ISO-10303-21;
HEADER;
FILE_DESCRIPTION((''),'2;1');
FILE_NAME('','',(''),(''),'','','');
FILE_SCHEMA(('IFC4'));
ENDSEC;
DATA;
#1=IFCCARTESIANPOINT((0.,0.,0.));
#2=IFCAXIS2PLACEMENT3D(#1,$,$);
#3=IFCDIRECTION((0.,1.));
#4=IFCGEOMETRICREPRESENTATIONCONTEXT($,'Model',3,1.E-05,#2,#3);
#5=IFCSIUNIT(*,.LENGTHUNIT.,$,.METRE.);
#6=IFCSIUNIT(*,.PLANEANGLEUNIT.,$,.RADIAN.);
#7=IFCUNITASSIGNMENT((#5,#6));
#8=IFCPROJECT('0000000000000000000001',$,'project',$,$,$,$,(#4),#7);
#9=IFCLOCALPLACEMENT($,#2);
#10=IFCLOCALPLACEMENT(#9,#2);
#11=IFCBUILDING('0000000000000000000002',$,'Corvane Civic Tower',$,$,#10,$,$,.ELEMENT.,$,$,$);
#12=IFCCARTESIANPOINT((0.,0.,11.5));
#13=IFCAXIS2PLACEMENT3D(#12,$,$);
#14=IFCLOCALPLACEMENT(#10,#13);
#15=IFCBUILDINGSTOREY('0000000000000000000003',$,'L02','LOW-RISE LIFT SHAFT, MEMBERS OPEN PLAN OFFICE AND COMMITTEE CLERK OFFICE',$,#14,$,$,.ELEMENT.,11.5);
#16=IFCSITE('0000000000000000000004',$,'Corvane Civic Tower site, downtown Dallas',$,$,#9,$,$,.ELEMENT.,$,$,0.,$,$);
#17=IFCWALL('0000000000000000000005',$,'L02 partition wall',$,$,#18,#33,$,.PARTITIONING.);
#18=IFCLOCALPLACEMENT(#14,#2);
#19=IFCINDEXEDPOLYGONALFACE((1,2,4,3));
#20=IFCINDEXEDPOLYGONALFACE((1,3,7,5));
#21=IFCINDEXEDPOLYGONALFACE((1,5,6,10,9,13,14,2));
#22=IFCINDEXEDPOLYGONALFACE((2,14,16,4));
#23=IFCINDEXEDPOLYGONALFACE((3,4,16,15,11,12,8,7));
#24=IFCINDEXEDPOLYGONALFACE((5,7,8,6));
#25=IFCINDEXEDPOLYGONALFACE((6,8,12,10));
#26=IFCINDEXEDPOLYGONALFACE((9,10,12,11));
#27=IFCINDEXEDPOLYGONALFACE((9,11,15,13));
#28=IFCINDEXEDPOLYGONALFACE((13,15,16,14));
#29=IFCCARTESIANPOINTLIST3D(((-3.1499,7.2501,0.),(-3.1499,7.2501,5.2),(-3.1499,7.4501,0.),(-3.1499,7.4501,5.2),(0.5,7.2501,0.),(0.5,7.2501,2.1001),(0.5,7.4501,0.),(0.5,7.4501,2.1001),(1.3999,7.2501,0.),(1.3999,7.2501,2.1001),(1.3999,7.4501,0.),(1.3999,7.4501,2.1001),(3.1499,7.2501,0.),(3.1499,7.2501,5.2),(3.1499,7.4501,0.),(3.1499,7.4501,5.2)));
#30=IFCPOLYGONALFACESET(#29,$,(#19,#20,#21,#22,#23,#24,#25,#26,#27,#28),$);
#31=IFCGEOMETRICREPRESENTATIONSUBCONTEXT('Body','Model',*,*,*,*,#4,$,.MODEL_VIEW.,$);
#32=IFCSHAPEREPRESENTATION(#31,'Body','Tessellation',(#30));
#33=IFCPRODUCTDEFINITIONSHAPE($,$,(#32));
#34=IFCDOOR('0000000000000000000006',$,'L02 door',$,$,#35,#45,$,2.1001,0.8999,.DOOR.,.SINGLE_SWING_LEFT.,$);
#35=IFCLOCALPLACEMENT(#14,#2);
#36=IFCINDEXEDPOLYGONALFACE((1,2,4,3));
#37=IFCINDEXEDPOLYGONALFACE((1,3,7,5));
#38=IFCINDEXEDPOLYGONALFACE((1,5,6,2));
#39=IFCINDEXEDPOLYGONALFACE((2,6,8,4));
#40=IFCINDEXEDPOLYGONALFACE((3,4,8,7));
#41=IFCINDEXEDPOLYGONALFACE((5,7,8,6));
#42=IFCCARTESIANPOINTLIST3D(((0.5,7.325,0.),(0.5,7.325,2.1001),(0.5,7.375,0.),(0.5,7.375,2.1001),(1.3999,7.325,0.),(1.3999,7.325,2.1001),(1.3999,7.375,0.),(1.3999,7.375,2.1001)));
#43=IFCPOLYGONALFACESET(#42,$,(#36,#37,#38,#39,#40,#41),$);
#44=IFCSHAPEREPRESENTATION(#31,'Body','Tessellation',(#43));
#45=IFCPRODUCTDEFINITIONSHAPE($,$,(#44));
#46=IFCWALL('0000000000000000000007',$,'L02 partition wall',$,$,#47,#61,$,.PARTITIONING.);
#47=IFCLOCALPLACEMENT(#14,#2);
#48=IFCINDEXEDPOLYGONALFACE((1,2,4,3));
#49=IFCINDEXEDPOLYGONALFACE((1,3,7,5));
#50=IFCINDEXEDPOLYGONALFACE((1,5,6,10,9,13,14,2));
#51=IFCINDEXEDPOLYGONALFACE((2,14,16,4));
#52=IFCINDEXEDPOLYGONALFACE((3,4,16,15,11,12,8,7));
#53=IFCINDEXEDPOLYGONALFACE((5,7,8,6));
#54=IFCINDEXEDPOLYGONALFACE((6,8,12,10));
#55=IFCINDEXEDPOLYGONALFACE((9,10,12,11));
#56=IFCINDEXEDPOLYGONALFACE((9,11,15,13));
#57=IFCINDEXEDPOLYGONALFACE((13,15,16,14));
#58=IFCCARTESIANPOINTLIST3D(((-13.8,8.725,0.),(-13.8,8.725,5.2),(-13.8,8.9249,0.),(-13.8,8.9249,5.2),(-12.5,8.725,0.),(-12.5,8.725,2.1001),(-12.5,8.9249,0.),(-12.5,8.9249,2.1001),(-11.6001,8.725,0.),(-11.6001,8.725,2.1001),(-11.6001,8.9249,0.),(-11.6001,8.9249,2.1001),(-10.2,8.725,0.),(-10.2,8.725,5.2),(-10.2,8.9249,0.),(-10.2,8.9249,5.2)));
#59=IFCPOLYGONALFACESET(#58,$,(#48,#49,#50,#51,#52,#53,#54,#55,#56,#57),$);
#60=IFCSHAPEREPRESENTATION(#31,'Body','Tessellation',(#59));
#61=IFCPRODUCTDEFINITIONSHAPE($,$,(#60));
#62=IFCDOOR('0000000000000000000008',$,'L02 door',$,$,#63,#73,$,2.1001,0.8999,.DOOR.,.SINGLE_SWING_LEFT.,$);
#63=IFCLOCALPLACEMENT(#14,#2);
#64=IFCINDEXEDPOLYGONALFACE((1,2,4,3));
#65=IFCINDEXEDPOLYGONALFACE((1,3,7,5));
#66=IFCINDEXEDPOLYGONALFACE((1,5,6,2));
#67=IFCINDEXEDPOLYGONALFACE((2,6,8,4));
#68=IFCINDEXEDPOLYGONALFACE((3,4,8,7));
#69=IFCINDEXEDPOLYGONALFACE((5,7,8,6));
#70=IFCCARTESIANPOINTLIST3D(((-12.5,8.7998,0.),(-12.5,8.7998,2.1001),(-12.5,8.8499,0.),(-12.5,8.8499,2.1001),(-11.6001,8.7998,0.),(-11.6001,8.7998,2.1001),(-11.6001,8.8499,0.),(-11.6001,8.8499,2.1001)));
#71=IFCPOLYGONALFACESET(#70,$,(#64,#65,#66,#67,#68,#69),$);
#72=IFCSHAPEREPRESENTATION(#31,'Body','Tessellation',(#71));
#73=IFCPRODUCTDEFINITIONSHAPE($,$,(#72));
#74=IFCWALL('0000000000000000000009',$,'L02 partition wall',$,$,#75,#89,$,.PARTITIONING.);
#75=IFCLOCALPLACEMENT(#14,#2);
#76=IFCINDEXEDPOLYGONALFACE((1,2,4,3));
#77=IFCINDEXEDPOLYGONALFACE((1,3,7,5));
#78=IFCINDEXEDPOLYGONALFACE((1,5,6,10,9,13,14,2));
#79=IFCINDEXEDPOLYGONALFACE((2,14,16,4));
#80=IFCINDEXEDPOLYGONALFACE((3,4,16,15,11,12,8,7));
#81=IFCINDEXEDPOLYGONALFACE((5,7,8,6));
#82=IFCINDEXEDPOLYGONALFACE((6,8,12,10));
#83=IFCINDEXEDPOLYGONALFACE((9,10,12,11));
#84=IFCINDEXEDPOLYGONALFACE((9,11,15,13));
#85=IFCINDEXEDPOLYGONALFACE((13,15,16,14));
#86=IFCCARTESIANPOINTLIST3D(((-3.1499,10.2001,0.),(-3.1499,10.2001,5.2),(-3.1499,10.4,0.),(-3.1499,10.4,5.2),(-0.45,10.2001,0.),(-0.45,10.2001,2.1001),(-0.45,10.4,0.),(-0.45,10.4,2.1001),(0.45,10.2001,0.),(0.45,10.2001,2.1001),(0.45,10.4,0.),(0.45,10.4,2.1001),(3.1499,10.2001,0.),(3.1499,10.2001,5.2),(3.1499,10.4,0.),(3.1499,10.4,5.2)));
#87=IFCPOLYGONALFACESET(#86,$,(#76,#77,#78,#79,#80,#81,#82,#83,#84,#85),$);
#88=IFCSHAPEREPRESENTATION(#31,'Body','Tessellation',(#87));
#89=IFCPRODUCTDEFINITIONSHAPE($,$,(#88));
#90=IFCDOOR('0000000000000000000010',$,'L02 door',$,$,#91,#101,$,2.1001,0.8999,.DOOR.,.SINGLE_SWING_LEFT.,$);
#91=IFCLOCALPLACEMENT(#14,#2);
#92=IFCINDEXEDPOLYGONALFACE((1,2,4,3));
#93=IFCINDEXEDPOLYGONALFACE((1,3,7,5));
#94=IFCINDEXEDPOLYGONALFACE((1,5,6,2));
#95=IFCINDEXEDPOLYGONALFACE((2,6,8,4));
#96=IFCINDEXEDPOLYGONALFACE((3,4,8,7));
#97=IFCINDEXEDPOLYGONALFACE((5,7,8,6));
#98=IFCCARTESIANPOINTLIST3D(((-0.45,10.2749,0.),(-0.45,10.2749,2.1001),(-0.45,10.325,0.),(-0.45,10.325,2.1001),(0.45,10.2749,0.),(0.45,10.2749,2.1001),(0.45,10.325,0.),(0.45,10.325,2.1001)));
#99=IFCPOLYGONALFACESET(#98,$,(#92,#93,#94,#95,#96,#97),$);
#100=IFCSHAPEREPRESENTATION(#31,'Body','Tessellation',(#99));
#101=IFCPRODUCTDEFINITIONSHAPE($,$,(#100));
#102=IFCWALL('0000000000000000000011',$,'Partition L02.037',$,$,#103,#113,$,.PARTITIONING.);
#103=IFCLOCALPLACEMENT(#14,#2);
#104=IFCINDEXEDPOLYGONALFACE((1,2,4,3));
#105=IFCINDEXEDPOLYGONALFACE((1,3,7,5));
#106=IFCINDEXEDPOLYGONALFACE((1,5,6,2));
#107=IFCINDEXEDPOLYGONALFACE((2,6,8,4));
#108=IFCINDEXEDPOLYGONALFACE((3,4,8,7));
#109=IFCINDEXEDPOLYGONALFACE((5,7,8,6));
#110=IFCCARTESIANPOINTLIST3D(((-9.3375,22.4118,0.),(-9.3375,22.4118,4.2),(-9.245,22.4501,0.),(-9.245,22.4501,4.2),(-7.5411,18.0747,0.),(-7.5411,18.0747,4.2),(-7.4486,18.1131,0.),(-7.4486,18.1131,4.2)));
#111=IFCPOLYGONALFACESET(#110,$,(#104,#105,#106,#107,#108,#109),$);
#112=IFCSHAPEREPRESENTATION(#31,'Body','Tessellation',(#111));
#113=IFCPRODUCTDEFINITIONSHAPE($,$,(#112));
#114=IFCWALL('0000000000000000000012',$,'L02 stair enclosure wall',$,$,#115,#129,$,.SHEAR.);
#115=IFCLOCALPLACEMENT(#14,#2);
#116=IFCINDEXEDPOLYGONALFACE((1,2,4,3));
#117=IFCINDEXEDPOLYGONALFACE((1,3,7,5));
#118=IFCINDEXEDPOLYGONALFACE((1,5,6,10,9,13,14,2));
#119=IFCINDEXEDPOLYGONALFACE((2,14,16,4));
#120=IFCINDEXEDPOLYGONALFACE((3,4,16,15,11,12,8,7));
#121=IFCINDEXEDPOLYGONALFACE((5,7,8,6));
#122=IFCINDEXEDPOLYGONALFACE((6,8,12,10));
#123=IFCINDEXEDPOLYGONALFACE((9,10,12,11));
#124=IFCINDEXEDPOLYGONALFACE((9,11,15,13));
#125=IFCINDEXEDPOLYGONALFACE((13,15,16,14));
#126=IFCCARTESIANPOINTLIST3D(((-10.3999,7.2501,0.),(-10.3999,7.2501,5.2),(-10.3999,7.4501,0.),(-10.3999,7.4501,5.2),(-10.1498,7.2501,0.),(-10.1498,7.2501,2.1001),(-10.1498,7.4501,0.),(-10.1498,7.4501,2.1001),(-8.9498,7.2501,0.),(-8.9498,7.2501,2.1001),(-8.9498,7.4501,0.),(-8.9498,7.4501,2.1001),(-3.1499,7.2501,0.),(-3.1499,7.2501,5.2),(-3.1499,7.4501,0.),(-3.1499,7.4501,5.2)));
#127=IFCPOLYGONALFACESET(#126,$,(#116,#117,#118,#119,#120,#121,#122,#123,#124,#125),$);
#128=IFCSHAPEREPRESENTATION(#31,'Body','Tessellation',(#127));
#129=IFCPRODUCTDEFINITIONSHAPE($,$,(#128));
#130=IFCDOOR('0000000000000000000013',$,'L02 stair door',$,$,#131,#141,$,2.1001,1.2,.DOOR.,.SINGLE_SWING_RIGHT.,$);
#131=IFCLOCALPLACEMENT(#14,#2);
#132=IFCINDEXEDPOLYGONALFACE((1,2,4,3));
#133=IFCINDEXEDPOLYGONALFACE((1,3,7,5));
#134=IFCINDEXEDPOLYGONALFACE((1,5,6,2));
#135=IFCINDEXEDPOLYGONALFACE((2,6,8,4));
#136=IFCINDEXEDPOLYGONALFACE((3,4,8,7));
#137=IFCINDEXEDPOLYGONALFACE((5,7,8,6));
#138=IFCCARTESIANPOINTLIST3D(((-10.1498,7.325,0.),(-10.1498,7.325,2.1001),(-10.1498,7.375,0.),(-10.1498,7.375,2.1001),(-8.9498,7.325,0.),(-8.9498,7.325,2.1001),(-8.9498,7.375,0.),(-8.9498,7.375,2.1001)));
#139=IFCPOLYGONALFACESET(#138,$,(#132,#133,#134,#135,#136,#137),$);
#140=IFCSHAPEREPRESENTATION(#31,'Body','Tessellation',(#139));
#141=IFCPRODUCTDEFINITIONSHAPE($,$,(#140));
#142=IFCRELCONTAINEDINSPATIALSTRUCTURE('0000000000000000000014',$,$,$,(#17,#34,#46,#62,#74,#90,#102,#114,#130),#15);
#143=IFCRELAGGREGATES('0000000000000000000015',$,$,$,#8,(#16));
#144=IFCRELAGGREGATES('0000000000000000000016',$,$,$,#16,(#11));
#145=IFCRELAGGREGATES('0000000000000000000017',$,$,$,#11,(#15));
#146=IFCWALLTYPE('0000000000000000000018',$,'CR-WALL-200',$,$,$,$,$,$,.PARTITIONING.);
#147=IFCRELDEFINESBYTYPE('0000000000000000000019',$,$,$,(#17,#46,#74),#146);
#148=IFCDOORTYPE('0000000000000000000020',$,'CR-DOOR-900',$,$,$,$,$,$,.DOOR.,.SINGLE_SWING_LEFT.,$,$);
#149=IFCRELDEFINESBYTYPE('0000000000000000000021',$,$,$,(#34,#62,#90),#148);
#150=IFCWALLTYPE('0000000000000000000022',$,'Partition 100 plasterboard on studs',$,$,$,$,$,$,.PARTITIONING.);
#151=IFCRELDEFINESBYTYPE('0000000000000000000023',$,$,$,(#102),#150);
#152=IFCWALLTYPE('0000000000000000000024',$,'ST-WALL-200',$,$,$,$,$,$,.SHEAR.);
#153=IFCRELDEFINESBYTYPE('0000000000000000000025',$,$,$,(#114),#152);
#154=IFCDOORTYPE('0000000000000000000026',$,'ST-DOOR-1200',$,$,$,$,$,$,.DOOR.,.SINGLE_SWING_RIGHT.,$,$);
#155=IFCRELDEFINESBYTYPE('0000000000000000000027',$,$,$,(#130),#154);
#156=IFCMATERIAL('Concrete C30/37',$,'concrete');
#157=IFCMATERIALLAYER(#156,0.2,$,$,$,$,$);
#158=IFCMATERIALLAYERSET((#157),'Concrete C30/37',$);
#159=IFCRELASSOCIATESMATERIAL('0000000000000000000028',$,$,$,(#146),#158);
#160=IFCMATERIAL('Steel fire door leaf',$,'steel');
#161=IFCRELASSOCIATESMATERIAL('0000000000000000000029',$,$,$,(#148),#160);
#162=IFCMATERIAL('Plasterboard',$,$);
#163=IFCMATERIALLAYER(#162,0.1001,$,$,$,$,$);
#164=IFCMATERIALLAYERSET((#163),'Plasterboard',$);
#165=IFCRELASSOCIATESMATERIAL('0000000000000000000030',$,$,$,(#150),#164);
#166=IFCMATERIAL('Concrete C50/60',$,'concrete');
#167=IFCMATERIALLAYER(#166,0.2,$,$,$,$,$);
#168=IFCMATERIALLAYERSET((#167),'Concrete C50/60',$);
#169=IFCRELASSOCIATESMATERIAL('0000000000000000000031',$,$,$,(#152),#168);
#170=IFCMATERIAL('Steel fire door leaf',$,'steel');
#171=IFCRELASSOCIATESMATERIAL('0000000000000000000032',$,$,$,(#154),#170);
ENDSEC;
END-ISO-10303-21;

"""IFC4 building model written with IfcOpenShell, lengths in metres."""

from ifc_helpers import new_model, si_unit, direction, frame, frame_2d, origin, place, context, subcontext, project, spatial, rectangle, extrude, material, layer, layer_set, type_object, element, fill, save


model = new_model("IFC4")

# Units and contexts
model_context = context("Model", 3, precision=1e-05, world=origin(), true_north=direction((0.0, 1.0)))
body_context = subcontext(model_context, "Body", "Model", "MODEL_VIEW")
ifc_project = project(units=[si_unit("LENGTHUNIT", "METRE"), si_unit("PLANEANGLEUNIT", "RADIAN")], contexts=[model_context])

# Site, building, storey
site_placement = place(None, origin())
site = spatial("IfcSite", under=ifc_project, at=site_placement, Name="Corvane Civic Tower site, downtown Dallas", CompositionType="ELEMENT", RefElevation=0.0)
building_placement = place(site_placement, origin())
building = spatial("IfcBuilding", under=site, at=building_placement, Name="Corvane Civic Tower", CompositionType="ELEMENT")
storey_placement = place(building_placement, frame((0.0, 0.0, 11.5)))
storey = spatial("IfcBuildingStorey", under=building, at=storey_placement, Name="L02", Description="LOW-RISE LIFT SHAFT, MEMBERS OPEN PLAN OFFICE AND COMMITTEE CLERK OFFICE", CompositionType="ELEMENT", Elevation=11.5)

# Shared definitions
ifc_material_1 = material(Name="Concrete C30/37", Category="concrete")
ifc_layer_1 = layer(ifc_material_1, 0.2)
ifc_layer_set_1 = layer_set([ifc_layer_1], Name="Concrete C30/37")
wall_type_1 = type_object("IfcWallType", Name="CR-WALL-200", PredefinedType="PARTITIONING", material=ifc_layer_set_1)

# Walls, openings, doors
ifc_material_2 = material(Name="Steel fire door leaf", Category="steel")
door_type_1 = type_object("IfcDoorType", Name="CR-DOOR-900", OperationType="SINGLE_SWING_LEFT", PredefinedType="DOOR", material=ifc_material_2)
wall_1_placement = place(storey_placement, frame((-3.1499, 7.3501, 0.0), z_axis=(0.0, 0.0, 1.0), x_axis=(1.0, 0.0, 0.0)))
wall_1 = element("IfcWall", 1, at=wall_1_placement, inside=storey, type_object=wall_type_1, Name="L02 partition wall", PredefinedType="PARTITIONING", context=body_context, shape_type="SweptSolid", body=[
    extrude(rectangle(XDim=6.2998, YDim=0.2, at=frame_2d((3.1499, 0.0))), origin(), (0.0, 0.0, 1.0), 5.2),
])
opening_1_placement = place(wall_1_placement, frame((3.6499, 0.0, 0.0)))
opening_1 = element("IfcOpeningElement", 2, at=opening_1_placement, cuts=wall_1, PredefinedType="OPENING", context=body_context, shape_type="SweptSolid", body=[
    extrude(rectangle(XDim=0.8999, YDim=2.1001, at=frame_2d((0.45, 1.05))), frame((0.0, 0.1099, 0.0), z_axis=(0.0, -1.0, 0.0), x_axis=(1.0, 0.0, 0.0)), (0.0, 0.0, 1.0), 0.22),
])
door_1_placement = place(opening_1_placement, origin())
door_1 = element("IfcDoor", 3, at=door_1_placement, inside=storey, type_object=door_type_1, Name="L02 door", OperationType="SINGLE_SWING_LEFT", OverallHeight=2.1001, OverallWidth=0.8999, PredefinedType="DOOR", context=body_context, shape_type="SweptSolid", body=[
    extrude(rectangle(XDim=0.8999, YDim=2.1001, at=frame_2d((0.45, 1.05))), frame((0.0, 0.0249, 0.0), z_axis=(0.0, -1.0, 0.0), x_axis=(1.0, 0.0, 0.0)), (0.0, 0.0, 1.0), 0.05),
])
fill(opening_1, door_1)
wall_2_placement = place(storey_placement, frame((-13.8, 8.825, 0.0), z_axis=(0.0, 0.0, 1.0), x_axis=(1.0, 0.0, 0.0)))
wall_2 = element("IfcWall", 4, at=wall_2_placement, inside=storey, type_object=wall_type_1, Name="L02 partition wall", PredefinedType="PARTITIONING", context=body_context, shape_type="SweptSolid", body=[
    extrude(rectangle(XDim=3.6001, YDim=0.2, at=frame_2d((1.8, 0.0))), origin(), (0.0, 0.0, 1.0), 5.2),
])
opening_2_placement = place(wall_2_placement, frame((1.3, 0.0, 0.0)))
opening_2 = element("IfcOpeningElement", 5, at=opening_2_placement, cuts=wall_2, PredefinedType="OPENING", context=body_context, shape_type="SweptSolid", body=[
    extrude(rectangle(XDim=0.8999, YDim=2.1001, at=frame_2d((0.45, 1.05))), frame((0.0, 0.1099, 0.0), z_axis=(0.0, -1.0, 0.0), x_axis=(1.0, 0.0, 0.0)), (0.0, 0.0, 1.0), 0.22),
])
door_2_placement = place(opening_2_placement, origin())
door_2 = element("IfcDoor", 6, at=door_2_placement, inside=storey, type_object=door_type_1, Name="L02 door", OperationType="SINGLE_SWING_LEFT", OverallHeight=2.1001, OverallWidth=0.8999, PredefinedType="DOOR", context=body_context, shape_type="SweptSolid", body=[
    extrude(rectangle(XDim=0.8999, YDim=2.1001, at=frame_2d((0.45, 1.05))), frame((0.0, 0.0249, 0.0), z_axis=(0.0, -1.0, 0.0), x_axis=(1.0, 0.0, 0.0)), (0.0, 0.0, 1.0), 0.05),
])
fill(opening_2, door_2)
wall_3_placement = place(storey_placement, frame((-3.1499, 10.3, 0.0), z_axis=(0.0, 0.0, 1.0), x_axis=(1.0, 0.0, 0.0)))
wall_3 = element("IfcWall", 7, at=wall_3_placement, inside=storey, type_object=wall_type_1, Name="L02 partition wall", PredefinedType="PARTITIONING", context=body_context, shape_type="SweptSolid", body=[
    extrude(rectangle(XDim=6.2998, YDim=0.2, at=frame_2d((3.1499, 0.0))), origin(), (0.0, 0.0, 1.0), 5.2),
])
opening_3_placement = place(wall_3_placement, frame((2.7, 0.0, 0.0)))
opening_3 = element("IfcOpeningElement", 8, at=opening_3_placement, cuts=wall_3, PredefinedType="OPENING", context=body_context, shape_type="SweptSolid", body=[
    extrude(rectangle(XDim=0.8999, YDim=2.1001, at=frame_2d((0.45, 1.05))), frame((0.0, 0.1099, 0.0), z_axis=(0.0, -1.0, 0.0), x_axis=(1.0, 0.0, 0.0)), (0.0, 0.0, 1.0), 0.22),
])
door_3_placement = place(opening_3_placement, origin())
door_3 = element("IfcDoor", 9, at=door_3_placement, inside=storey, type_object=door_type_1, Name="L02 door", OperationType="SINGLE_SWING_LEFT", OverallHeight=2.1001, OverallWidth=0.8999, PredefinedType="DOOR", context=body_context, shape_type="SweptSolid", body=[
    extrude(rectangle(XDim=0.8999, YDim=2.1001, at=frame_2d((0.45, 1.05))), frame((0.0, 0.0249, 0.0), z_axis=(0.0, -1.0, 0.0), x_axis=(1.0, 0.0, 0.0)), (0.0, 0.0, 1.0), 0.05),
])
fill(opening_3, door_3)

# Wall
ifc_material_3 = material(Name="Plasterboard")
ifc_layer_2 = layer(ifc_material_3, 0.1001)
ifc_layer_set_2 = layer_set([ifc_layer_2], Name="Plasterboard")
wall_type_2 = type_object("IfcWallType", Name="Partition 100 plasterboard on studs", PredefinedType="PARTITIONING", material=ifc_layer_set_2)
wall_4_placement = place(storey_placement, frame((-9.2913, 22.4309, 0.0), z_axis=(0.0, 0.0, 1.0), x_axis=(0.382679, -0.923881, 0.0)))
element("IfcWall", 10, at=wall_4_placement, inside=storey, type_object=wall_type_2, Name="Partition L02.037", PredefinedType="PARTITIONING", context=body_context, shape_type="SweptSolid", body=[
    extrude(rectangle(XDim=4.6943, YDim=0.1001, at=frame_2d((2.3472, 0.0))), origin(), (0.0, 0.0, 1.0), 4.2),
])

# Wall, opening, door
ifc_material_4 = material(Name="Concrete C50/60", Category="concrete")
ifc_layer_3 = layer(ifc_material_4, 0.2)
ifc_layer_set_3 = layer_set([ifc_layer_3], Name="Concrete C50/60")
wall_type_3 = type_object("IfcWallType", Name="ST-WALL-200", PredefinedType="SHEAR", material=ifc_layer_set_3)
wall_5_placement = place(storey_placement, frame((-10.3999, 7.3501, 0.0), z_axis=(0.0, 0.0, 1.0), x_axis=(1.0, 0.0, 0.0)))
wall_5 = element("IfcWall", 11, at=wall_5_placement, inside=storey, type_object=wall_type_3, Name="L02 stair enclosure wall", PredefinedType="SHEAR", context=body_context, shape_type="SweptSolid", body=[
    extrude(rectangle(XDim=7.25, YDim=0.2, at=frame_2d((3.625, 0.0))), origin(), (0.0, 0.0, 1.0), 5.2),
])
opening_4_placement = place(wall_5_placement, frame((0.25, 0.0, 0.0)))
opening_4 = element("IfcOpeningElement", 12, at=opening_4_placement, cuts=wall_5, PredefinedType="OPENING", context=body_context, shape_type="SweptSolid", body=[
    extrude(rectangle(XDim=1.2, YDim=2.1001, at=frame_2d((0.6001, 1.05))), frame((0.0, 0.1099, 0.0), z_axis=(0.0, -1.0, 0.0), x_axis=(1.0, 0.0, 0.0)), (0.0, 0.0, 1.0), 0.22),
])
ifc_material_5 = material(Name="Steel fire door leaf", Category="steel")
door_type_2 = type_object("IfcDoorType", Name="ST-DOOR-1200", OperationType="SINGLE_SWING_RIGHT", PredefinedType="DOOR", material=ifc_material_5)
door_4_placement = place(opening_4_placement, origin())
door_4 = element("IfcDoor", 13, at=door_4_placement, inside=storey, type_object=door_type_2, Name="L02 stair door", OperationType="SINGLE_SWING_RIGHT", OverallHeight=2.1001, OverallWidth=1.2, PredefinedType="DOOR", context=body_context, shape_type="SweptSolid", body=[
    extrude(rectangle(XDim=1.2, YDim=2.1001, at=frame_2d((0.6001, 1.05))), frame((0.0, 0.0249, 0.0), z_axis=(0.0, -1.0, 0.0), x_axis=(1.0, 0.0, 0.0)), (0.0, 0.0, 1.0), 0.05),
])
fill(opening_4, door_4)

save(model, "model.ifc")
